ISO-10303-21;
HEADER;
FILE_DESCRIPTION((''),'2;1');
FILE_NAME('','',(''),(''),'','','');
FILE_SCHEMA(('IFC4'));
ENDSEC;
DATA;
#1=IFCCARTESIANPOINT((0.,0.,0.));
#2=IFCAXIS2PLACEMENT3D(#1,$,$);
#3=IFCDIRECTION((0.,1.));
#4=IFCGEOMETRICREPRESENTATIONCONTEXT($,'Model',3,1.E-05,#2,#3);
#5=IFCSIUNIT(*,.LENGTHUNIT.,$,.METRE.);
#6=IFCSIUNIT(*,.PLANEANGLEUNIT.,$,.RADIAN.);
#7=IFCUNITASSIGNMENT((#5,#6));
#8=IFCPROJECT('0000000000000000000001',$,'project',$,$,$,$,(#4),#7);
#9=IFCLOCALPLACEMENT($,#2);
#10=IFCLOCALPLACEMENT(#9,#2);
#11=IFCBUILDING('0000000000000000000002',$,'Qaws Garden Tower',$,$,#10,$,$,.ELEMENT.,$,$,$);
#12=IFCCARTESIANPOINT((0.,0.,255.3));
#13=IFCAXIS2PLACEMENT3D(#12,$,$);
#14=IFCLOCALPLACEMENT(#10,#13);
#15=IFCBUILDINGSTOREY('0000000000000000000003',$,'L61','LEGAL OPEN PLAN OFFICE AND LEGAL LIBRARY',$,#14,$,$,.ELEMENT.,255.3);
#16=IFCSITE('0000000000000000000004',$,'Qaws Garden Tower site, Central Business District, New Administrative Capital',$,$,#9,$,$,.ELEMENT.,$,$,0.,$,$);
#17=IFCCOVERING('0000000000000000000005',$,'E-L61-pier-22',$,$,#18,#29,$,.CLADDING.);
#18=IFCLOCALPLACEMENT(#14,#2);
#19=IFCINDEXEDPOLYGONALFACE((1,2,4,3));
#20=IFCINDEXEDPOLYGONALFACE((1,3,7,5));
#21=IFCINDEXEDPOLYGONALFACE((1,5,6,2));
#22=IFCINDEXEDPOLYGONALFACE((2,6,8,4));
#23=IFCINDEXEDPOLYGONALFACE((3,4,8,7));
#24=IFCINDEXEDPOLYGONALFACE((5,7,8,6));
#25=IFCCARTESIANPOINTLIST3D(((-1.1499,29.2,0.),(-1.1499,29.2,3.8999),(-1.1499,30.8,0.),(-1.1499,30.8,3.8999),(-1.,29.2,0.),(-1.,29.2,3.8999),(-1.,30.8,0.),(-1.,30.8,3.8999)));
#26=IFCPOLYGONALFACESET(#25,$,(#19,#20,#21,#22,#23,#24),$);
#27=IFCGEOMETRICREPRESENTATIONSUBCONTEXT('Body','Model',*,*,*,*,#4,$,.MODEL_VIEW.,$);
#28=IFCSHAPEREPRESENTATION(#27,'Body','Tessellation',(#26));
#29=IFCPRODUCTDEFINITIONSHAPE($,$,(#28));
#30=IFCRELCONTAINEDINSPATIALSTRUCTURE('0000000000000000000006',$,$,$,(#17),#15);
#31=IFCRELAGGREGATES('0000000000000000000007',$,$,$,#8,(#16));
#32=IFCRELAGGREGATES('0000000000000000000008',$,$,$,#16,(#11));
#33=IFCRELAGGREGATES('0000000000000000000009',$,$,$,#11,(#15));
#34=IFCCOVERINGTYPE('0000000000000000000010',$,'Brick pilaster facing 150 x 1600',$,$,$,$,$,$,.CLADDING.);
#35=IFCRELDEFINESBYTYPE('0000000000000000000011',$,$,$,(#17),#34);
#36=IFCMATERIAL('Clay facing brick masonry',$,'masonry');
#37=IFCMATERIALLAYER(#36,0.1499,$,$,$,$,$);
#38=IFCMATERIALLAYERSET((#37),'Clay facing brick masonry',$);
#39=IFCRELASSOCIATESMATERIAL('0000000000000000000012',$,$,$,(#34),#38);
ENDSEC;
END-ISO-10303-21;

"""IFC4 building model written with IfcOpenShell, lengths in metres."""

from ifc_helpers import new_model, si_unit, direction, frame, origin, place, context, subcontext, project, spatial, polyline, outline, extrude, material, layer, layer_set, type_object, element, save


model = new_model("IFC4")

# Units and contexts
model_context = context("Model", 3, precision=1e-05, world=origin(), true_north=direction((0.0, 1.0)))
body_context = subcontext(model_context, "Body", "Model", "MODEL_VIEW")
ifc_project = project(units=[si_unit("LENGTHUNIT", "METRE"), si_unit("PLANEANGLEUNIT", "RADIAN")], contexts=[model_context])

# Site, building, storey
site_placement = place(None, origin())
site = spatial("IfcSite", under=ifc_project, at=site_placement, Name="Qaws Garden Tower site, Central Business District, New Administrative Capital", CompositionType="ELEMENT", RefElevation=0.0)
building_placement = place(site_placement, origin())
building = spatial("IfcBuilding", under=site, at=building_placement, Name="Qaws Garden Tower", CompositionType="ELEMENT")
storey_placement = place(building_placement, frame((0.0, 0.0, 255.3)))
storey = spatial("IfcBuildingStorey", under=building, at=storey_placement, Name="L61", Description="LEGAL OPEN PLAN OFFICE AND LEGAL LIBRARY", CompositionType="ELEMENT", Elevation=255.3)

# Shared definitions
placement = place(storey_placement, origin())

# Covering
ifc_material_1 = material(Name="Clay facing brick masonry", Category="masonry")
ifc_layer_1 = layer(ifc_material_1, 0.1499)
ifc_layer_set_1 = layer_set([ifc_layer_1], Name="Clay facing brick masonry")
covering_type = type_object("IfcCoveringType", Name="Brick pilaster facing 150 x 1600", PredefinedType="CLADDING", material=ifc_layer_set_1)
element("IfcCovering", 1, at=placement, inside=storey, type_object=covering_type, Name="E-L61-pier-22", PredefinedType="CLADDING", context=body_context, shape_type="SweptSolid", body=[
    extrude(outline(polyline([(-1.0, 30.8), (-1.0, 29.2), (-1.1499, 29.2), (-1.1499, 30.8), (-1.0, 30.8)])), origin(), (0.0, 0.0, 1.0), 3.8999),
])

save(model, "model.ifc")
